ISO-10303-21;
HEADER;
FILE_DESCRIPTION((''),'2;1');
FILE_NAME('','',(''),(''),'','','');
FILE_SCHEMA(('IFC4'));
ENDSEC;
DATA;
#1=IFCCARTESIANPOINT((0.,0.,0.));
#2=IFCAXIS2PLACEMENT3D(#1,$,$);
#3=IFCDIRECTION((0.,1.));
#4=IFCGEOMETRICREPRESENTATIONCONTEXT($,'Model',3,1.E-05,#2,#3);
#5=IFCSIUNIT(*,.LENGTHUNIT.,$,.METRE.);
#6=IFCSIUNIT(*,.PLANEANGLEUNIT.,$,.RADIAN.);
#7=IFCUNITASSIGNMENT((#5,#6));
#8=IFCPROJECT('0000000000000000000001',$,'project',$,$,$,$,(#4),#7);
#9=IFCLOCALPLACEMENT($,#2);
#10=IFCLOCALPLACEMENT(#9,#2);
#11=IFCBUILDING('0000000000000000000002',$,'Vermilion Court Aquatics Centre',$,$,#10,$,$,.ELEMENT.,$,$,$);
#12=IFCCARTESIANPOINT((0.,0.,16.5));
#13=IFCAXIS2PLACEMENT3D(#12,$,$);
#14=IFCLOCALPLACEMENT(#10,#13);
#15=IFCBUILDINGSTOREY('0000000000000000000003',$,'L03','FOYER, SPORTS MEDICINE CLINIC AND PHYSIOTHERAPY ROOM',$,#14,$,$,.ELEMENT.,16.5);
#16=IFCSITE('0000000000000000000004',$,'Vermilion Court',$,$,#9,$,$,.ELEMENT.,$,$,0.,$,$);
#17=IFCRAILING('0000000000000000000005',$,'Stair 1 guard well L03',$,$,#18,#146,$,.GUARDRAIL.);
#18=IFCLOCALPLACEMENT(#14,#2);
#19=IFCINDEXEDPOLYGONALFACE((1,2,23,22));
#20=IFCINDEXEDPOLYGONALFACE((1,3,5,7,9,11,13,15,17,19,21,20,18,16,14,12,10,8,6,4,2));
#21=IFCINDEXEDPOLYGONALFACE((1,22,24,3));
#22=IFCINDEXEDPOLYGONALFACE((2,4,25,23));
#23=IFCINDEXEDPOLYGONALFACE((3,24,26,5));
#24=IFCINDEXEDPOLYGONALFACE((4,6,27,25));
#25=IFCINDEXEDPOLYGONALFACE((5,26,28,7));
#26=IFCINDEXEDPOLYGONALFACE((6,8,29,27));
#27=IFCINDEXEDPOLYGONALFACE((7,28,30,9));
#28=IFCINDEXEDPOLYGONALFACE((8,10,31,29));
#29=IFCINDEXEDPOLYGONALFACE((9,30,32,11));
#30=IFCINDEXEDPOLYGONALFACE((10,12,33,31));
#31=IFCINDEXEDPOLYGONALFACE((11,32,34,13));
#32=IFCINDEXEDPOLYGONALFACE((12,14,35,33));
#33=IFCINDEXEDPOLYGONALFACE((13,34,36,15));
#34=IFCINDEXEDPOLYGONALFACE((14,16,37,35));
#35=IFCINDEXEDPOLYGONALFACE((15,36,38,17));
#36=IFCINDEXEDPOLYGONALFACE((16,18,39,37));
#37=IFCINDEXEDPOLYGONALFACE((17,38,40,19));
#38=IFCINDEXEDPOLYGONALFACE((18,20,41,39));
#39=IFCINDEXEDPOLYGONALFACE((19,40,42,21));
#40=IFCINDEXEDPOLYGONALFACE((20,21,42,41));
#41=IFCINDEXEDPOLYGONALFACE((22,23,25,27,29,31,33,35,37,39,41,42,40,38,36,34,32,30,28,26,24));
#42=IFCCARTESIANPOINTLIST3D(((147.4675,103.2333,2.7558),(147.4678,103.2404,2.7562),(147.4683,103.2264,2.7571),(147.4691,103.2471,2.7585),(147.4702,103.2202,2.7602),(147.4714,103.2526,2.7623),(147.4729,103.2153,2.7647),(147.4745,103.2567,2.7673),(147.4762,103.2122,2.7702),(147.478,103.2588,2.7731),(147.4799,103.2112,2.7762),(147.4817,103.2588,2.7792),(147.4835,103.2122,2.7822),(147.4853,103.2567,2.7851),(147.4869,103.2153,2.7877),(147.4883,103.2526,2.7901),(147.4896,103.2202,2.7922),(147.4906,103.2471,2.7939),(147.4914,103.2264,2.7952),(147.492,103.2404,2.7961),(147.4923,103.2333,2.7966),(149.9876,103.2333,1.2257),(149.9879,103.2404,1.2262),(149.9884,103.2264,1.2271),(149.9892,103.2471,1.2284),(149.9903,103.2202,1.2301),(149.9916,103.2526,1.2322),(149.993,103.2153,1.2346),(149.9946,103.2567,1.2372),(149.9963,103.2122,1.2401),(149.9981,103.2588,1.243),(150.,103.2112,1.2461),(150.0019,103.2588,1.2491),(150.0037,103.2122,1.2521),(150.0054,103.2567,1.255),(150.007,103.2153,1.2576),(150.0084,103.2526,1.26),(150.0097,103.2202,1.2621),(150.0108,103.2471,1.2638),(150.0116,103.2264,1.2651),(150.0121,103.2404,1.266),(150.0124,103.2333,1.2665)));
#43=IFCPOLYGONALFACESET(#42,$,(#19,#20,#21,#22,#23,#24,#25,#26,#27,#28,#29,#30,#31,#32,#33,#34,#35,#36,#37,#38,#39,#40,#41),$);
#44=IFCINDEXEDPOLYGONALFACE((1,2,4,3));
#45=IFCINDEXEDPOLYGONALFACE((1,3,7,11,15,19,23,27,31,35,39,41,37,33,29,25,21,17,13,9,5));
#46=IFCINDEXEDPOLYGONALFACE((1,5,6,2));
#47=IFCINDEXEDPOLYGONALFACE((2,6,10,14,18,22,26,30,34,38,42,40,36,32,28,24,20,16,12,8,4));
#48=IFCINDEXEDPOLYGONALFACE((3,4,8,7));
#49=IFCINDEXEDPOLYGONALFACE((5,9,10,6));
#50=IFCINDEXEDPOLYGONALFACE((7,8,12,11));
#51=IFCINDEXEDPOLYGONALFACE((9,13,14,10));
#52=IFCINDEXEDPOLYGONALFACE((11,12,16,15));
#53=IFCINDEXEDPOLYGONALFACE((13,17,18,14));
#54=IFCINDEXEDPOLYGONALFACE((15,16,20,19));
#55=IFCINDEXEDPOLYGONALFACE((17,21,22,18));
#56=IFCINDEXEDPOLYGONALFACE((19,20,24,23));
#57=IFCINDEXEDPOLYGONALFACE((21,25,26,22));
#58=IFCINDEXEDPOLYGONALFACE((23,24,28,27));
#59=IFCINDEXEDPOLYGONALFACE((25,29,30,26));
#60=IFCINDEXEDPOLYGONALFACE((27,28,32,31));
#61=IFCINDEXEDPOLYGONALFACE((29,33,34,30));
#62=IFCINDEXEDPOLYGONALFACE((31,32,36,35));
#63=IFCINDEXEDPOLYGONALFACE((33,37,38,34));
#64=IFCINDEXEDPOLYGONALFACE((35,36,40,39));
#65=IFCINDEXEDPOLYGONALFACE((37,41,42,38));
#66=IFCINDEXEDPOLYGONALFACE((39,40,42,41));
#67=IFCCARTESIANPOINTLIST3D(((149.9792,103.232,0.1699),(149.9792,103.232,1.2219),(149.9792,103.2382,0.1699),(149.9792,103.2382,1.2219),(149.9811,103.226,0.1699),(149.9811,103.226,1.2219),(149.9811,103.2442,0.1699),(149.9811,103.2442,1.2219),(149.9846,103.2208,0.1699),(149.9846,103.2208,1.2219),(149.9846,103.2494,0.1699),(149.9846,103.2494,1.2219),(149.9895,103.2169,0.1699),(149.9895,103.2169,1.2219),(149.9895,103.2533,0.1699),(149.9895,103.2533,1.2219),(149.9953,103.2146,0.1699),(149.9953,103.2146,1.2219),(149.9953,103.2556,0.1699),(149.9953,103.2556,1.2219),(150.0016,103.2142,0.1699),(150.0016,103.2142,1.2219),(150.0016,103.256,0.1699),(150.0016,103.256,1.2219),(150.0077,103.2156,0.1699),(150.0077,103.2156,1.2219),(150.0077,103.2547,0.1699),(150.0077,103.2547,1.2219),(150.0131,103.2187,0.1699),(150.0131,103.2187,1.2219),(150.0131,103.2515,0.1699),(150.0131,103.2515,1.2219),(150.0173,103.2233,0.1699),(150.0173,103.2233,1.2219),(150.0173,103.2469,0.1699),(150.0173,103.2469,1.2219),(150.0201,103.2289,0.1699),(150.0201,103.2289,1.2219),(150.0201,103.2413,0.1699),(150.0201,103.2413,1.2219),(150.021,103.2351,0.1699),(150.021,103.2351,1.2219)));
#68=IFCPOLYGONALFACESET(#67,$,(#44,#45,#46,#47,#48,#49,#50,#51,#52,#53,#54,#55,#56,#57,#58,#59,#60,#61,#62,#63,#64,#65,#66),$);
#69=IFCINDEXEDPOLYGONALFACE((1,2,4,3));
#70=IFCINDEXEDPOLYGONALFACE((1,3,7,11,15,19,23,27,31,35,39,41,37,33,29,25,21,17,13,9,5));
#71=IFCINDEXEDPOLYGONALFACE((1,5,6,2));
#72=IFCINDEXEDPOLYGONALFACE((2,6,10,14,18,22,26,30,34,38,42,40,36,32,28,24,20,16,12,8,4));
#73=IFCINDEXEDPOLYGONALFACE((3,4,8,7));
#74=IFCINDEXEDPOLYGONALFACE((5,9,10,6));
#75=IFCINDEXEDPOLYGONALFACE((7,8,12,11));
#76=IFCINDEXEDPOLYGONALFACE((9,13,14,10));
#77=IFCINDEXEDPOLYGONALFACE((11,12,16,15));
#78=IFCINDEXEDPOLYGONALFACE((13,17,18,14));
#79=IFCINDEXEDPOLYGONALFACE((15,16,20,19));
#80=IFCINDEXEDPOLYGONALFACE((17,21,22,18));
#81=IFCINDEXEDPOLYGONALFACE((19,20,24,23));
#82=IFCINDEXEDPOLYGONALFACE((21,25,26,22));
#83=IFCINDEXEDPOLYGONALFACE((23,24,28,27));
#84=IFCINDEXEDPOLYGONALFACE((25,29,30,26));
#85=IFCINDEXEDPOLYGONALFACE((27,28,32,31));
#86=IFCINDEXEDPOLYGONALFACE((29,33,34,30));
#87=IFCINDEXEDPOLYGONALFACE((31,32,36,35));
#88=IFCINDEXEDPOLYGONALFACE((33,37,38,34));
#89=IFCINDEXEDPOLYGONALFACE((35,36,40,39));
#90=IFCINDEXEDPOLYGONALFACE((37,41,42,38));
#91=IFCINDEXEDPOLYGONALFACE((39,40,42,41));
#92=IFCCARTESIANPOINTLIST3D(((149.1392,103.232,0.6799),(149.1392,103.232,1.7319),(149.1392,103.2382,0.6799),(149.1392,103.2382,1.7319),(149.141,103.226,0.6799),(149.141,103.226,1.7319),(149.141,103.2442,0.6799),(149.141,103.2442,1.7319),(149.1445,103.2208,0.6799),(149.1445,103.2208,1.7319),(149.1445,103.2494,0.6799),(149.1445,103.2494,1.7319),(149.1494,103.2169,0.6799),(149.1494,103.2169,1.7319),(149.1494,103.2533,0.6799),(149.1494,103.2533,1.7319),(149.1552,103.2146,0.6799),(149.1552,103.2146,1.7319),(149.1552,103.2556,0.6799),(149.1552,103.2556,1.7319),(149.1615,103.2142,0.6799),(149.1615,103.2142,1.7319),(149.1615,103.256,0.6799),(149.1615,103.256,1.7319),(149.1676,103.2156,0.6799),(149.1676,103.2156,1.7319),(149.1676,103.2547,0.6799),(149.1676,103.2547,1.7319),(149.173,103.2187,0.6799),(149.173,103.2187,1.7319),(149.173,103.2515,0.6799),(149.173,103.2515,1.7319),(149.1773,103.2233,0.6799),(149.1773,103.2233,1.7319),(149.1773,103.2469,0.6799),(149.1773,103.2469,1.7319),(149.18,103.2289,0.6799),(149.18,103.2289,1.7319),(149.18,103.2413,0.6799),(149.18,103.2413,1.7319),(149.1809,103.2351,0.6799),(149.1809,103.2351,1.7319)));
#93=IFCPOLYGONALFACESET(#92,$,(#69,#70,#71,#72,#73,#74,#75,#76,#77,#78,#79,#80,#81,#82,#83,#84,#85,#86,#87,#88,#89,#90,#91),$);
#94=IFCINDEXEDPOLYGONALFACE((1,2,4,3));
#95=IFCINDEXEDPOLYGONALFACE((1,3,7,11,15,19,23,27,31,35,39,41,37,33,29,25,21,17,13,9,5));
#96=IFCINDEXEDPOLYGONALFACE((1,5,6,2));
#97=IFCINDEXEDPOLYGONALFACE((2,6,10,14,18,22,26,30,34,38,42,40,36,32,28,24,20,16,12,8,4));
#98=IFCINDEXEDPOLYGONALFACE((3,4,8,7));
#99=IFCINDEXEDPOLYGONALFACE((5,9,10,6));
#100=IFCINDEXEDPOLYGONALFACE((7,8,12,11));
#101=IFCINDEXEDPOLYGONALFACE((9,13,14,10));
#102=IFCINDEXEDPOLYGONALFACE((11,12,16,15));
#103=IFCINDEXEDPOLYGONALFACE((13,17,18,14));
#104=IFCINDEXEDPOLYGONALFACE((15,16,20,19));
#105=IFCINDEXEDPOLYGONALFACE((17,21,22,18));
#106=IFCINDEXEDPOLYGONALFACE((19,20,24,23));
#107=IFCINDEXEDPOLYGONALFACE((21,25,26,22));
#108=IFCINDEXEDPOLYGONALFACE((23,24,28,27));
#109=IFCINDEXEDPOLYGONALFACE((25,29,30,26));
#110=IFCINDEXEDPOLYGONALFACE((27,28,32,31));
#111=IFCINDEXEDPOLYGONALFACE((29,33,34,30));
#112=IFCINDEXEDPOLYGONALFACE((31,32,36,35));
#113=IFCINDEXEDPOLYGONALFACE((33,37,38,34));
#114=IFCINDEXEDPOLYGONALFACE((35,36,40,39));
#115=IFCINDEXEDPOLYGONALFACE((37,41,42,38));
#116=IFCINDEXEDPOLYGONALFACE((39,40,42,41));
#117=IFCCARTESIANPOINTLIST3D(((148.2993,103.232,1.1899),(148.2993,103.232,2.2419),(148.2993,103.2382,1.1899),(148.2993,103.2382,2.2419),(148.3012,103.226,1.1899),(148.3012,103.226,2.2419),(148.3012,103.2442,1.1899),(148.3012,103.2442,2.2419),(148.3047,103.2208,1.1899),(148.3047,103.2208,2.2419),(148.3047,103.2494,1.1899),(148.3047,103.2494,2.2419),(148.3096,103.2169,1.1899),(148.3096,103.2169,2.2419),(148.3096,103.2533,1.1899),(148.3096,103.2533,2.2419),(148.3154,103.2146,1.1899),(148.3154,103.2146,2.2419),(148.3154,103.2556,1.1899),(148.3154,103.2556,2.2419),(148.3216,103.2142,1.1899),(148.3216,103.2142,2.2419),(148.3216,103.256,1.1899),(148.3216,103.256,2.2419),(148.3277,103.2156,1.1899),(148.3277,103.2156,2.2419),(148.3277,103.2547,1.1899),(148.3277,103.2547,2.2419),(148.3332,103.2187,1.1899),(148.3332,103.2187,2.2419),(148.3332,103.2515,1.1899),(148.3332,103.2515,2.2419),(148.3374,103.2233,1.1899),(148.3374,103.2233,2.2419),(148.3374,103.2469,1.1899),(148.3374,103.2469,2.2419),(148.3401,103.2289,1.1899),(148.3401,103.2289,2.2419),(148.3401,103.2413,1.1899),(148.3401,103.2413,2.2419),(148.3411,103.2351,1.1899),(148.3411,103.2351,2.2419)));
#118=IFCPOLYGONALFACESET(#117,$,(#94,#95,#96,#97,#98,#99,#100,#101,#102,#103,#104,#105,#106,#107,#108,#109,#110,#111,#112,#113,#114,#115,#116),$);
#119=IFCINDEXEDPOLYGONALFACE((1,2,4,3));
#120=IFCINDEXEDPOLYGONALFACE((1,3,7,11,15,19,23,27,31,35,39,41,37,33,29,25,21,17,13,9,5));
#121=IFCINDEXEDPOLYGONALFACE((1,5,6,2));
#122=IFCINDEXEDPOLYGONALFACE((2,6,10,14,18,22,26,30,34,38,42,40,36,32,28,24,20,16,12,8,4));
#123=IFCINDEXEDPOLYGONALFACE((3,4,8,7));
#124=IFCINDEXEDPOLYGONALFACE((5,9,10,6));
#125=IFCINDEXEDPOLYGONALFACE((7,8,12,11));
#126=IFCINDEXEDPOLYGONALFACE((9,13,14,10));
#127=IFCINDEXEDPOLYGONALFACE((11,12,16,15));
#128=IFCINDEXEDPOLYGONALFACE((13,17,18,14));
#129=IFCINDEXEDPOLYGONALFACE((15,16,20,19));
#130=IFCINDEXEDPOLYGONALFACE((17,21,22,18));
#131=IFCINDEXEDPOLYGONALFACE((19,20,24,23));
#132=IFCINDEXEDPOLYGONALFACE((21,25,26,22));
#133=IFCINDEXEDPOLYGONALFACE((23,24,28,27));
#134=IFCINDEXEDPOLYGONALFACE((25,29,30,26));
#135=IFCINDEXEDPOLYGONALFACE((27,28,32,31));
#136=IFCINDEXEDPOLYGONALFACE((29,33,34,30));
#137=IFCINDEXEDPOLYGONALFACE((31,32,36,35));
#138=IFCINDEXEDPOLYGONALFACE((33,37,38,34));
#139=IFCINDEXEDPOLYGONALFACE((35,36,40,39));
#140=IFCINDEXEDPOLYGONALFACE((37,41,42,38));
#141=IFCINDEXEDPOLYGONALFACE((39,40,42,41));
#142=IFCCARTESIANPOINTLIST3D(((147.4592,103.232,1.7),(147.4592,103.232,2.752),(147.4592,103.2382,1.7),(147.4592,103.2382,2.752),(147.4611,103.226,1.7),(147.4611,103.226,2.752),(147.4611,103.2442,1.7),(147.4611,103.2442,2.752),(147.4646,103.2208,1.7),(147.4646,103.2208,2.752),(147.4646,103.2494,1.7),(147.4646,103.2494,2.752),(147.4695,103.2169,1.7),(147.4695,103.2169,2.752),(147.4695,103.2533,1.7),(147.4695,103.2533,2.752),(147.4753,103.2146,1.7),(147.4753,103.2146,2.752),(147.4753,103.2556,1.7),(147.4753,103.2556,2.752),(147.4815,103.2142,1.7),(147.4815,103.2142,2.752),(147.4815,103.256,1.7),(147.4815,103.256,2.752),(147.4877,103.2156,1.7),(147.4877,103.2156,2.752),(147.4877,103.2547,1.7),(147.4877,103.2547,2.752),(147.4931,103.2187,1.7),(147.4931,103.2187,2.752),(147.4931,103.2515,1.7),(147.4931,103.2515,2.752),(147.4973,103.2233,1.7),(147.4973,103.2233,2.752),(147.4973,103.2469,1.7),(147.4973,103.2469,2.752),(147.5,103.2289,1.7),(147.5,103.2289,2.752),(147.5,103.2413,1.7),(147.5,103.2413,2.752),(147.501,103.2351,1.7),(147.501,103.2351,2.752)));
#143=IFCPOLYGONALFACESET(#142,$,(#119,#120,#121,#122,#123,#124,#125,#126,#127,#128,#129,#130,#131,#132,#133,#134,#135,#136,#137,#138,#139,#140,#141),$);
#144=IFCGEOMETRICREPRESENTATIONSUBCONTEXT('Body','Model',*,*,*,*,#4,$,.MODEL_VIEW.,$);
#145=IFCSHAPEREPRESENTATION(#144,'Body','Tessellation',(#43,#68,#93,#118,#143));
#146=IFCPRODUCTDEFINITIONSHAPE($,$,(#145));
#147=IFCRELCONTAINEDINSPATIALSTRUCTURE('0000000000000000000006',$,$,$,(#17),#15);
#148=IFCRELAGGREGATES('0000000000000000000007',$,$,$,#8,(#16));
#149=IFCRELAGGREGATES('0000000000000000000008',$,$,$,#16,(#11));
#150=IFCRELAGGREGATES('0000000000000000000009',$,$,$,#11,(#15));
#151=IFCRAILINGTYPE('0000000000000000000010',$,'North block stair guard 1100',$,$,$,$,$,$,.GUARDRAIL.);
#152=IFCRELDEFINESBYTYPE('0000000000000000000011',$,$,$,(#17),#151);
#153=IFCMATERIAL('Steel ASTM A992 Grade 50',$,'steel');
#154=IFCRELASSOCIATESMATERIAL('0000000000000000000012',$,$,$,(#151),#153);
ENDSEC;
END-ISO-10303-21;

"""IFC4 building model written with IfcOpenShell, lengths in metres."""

from ifc_helpers import new_model, si_unit, direction, frame, origin, origin_2d, place, context, subcontext, project, spatial, circle, extrude, material, type_object, element, save


model = new_model("IFC4")

# Units and contexts
model_context = context("Model", 3, precision=1e-05, world=origin(), true_north=direction((0.0, 1.0)))
body_context = subcontext(model_context, "Body", "Model", "MODEL_VIEW")
ifc_project = project(units=[si_unit("LENGTHUNIT", "METRE"), si_unit("PLANEANGLEUNIT", "RADIAN")], contexts=[model_context])

# Site, building, storey
site_placement = place(None, origin())
site = spatial("IfcSite", under=ifc_project, at=site_placement, Name="Vermilion Court", CompositionType="ELEMENT", RefElevation=0.0)
building_placement = place(site_placement, origin())
building = spatial("IfcBuilding", under=site, at=building_placement, Name="Vermilion Court Aquatics Centre", CompositionType="ELEMENT")
storey_placement = place(building_placement, frame((0.0, 0.0, 16.5)))
storey = spatial("IfcBuildingStorey", under=building, at=storey_placement, Name="L03", Description="FOYER, SPORTS MEDICINE CLINIC AND PHYSIOTHERAPY ROOM", CompositionType="ELEMENT", Elevation=16.5)

# Railing
ifc_material_1 = material(Name="Steel ASTM A992 Grade 50", Category="steel")
railing_type_1 = type_object("IfcRailingType", Name="North block stair guard 1100", PredefinedType="GUARDRAIL", material=ifc_material_1)
railing_1_placement = place(storey_placement, frame((150.0, 103.2351, 0.1699)))
element("IfcRailing", 1, at=railing_1_placement, inside=storey, type_object=railing_type_1, Name="Stair 1 guard well L03", PredefinedType="GUARDRAIL", context=body_context, shape_type="SweptSolid", body=[
    extrude(circle(Radius=0.0239, at=origin_2d()), frame((0.0, 0.0, 1.0762), z_axis=(-0.854785, 0.0, 0.518982), x_axis=(0.0, -1.0, 0.0)), (0.0, 0.0, 1.0), 2.9482),
    extrude(circle(Radius=0.021, at=origin_2d()), origin(), (0.0, 0.0, 1.0), 1.052),
    extrude(circle(Radius=0.021, at=origin_2d()), frame((-0.8401, 0.0, 0.51)), (0.0, 0.0, 1.0), 1.052),
    extrude(circle(Radius=0.021, at=origin_2d()), frame((-1.6799, 0.0, 1.02)), (0.0, 0.0, 1.0), 1.052),
    extrude(circle(Radius=0.021, at=origin_2d()), frame((-2.52, 0.0, 1.53)), (0.0, 0.0, 1.0), 1.052),
])

save(model, "model.ifc")
